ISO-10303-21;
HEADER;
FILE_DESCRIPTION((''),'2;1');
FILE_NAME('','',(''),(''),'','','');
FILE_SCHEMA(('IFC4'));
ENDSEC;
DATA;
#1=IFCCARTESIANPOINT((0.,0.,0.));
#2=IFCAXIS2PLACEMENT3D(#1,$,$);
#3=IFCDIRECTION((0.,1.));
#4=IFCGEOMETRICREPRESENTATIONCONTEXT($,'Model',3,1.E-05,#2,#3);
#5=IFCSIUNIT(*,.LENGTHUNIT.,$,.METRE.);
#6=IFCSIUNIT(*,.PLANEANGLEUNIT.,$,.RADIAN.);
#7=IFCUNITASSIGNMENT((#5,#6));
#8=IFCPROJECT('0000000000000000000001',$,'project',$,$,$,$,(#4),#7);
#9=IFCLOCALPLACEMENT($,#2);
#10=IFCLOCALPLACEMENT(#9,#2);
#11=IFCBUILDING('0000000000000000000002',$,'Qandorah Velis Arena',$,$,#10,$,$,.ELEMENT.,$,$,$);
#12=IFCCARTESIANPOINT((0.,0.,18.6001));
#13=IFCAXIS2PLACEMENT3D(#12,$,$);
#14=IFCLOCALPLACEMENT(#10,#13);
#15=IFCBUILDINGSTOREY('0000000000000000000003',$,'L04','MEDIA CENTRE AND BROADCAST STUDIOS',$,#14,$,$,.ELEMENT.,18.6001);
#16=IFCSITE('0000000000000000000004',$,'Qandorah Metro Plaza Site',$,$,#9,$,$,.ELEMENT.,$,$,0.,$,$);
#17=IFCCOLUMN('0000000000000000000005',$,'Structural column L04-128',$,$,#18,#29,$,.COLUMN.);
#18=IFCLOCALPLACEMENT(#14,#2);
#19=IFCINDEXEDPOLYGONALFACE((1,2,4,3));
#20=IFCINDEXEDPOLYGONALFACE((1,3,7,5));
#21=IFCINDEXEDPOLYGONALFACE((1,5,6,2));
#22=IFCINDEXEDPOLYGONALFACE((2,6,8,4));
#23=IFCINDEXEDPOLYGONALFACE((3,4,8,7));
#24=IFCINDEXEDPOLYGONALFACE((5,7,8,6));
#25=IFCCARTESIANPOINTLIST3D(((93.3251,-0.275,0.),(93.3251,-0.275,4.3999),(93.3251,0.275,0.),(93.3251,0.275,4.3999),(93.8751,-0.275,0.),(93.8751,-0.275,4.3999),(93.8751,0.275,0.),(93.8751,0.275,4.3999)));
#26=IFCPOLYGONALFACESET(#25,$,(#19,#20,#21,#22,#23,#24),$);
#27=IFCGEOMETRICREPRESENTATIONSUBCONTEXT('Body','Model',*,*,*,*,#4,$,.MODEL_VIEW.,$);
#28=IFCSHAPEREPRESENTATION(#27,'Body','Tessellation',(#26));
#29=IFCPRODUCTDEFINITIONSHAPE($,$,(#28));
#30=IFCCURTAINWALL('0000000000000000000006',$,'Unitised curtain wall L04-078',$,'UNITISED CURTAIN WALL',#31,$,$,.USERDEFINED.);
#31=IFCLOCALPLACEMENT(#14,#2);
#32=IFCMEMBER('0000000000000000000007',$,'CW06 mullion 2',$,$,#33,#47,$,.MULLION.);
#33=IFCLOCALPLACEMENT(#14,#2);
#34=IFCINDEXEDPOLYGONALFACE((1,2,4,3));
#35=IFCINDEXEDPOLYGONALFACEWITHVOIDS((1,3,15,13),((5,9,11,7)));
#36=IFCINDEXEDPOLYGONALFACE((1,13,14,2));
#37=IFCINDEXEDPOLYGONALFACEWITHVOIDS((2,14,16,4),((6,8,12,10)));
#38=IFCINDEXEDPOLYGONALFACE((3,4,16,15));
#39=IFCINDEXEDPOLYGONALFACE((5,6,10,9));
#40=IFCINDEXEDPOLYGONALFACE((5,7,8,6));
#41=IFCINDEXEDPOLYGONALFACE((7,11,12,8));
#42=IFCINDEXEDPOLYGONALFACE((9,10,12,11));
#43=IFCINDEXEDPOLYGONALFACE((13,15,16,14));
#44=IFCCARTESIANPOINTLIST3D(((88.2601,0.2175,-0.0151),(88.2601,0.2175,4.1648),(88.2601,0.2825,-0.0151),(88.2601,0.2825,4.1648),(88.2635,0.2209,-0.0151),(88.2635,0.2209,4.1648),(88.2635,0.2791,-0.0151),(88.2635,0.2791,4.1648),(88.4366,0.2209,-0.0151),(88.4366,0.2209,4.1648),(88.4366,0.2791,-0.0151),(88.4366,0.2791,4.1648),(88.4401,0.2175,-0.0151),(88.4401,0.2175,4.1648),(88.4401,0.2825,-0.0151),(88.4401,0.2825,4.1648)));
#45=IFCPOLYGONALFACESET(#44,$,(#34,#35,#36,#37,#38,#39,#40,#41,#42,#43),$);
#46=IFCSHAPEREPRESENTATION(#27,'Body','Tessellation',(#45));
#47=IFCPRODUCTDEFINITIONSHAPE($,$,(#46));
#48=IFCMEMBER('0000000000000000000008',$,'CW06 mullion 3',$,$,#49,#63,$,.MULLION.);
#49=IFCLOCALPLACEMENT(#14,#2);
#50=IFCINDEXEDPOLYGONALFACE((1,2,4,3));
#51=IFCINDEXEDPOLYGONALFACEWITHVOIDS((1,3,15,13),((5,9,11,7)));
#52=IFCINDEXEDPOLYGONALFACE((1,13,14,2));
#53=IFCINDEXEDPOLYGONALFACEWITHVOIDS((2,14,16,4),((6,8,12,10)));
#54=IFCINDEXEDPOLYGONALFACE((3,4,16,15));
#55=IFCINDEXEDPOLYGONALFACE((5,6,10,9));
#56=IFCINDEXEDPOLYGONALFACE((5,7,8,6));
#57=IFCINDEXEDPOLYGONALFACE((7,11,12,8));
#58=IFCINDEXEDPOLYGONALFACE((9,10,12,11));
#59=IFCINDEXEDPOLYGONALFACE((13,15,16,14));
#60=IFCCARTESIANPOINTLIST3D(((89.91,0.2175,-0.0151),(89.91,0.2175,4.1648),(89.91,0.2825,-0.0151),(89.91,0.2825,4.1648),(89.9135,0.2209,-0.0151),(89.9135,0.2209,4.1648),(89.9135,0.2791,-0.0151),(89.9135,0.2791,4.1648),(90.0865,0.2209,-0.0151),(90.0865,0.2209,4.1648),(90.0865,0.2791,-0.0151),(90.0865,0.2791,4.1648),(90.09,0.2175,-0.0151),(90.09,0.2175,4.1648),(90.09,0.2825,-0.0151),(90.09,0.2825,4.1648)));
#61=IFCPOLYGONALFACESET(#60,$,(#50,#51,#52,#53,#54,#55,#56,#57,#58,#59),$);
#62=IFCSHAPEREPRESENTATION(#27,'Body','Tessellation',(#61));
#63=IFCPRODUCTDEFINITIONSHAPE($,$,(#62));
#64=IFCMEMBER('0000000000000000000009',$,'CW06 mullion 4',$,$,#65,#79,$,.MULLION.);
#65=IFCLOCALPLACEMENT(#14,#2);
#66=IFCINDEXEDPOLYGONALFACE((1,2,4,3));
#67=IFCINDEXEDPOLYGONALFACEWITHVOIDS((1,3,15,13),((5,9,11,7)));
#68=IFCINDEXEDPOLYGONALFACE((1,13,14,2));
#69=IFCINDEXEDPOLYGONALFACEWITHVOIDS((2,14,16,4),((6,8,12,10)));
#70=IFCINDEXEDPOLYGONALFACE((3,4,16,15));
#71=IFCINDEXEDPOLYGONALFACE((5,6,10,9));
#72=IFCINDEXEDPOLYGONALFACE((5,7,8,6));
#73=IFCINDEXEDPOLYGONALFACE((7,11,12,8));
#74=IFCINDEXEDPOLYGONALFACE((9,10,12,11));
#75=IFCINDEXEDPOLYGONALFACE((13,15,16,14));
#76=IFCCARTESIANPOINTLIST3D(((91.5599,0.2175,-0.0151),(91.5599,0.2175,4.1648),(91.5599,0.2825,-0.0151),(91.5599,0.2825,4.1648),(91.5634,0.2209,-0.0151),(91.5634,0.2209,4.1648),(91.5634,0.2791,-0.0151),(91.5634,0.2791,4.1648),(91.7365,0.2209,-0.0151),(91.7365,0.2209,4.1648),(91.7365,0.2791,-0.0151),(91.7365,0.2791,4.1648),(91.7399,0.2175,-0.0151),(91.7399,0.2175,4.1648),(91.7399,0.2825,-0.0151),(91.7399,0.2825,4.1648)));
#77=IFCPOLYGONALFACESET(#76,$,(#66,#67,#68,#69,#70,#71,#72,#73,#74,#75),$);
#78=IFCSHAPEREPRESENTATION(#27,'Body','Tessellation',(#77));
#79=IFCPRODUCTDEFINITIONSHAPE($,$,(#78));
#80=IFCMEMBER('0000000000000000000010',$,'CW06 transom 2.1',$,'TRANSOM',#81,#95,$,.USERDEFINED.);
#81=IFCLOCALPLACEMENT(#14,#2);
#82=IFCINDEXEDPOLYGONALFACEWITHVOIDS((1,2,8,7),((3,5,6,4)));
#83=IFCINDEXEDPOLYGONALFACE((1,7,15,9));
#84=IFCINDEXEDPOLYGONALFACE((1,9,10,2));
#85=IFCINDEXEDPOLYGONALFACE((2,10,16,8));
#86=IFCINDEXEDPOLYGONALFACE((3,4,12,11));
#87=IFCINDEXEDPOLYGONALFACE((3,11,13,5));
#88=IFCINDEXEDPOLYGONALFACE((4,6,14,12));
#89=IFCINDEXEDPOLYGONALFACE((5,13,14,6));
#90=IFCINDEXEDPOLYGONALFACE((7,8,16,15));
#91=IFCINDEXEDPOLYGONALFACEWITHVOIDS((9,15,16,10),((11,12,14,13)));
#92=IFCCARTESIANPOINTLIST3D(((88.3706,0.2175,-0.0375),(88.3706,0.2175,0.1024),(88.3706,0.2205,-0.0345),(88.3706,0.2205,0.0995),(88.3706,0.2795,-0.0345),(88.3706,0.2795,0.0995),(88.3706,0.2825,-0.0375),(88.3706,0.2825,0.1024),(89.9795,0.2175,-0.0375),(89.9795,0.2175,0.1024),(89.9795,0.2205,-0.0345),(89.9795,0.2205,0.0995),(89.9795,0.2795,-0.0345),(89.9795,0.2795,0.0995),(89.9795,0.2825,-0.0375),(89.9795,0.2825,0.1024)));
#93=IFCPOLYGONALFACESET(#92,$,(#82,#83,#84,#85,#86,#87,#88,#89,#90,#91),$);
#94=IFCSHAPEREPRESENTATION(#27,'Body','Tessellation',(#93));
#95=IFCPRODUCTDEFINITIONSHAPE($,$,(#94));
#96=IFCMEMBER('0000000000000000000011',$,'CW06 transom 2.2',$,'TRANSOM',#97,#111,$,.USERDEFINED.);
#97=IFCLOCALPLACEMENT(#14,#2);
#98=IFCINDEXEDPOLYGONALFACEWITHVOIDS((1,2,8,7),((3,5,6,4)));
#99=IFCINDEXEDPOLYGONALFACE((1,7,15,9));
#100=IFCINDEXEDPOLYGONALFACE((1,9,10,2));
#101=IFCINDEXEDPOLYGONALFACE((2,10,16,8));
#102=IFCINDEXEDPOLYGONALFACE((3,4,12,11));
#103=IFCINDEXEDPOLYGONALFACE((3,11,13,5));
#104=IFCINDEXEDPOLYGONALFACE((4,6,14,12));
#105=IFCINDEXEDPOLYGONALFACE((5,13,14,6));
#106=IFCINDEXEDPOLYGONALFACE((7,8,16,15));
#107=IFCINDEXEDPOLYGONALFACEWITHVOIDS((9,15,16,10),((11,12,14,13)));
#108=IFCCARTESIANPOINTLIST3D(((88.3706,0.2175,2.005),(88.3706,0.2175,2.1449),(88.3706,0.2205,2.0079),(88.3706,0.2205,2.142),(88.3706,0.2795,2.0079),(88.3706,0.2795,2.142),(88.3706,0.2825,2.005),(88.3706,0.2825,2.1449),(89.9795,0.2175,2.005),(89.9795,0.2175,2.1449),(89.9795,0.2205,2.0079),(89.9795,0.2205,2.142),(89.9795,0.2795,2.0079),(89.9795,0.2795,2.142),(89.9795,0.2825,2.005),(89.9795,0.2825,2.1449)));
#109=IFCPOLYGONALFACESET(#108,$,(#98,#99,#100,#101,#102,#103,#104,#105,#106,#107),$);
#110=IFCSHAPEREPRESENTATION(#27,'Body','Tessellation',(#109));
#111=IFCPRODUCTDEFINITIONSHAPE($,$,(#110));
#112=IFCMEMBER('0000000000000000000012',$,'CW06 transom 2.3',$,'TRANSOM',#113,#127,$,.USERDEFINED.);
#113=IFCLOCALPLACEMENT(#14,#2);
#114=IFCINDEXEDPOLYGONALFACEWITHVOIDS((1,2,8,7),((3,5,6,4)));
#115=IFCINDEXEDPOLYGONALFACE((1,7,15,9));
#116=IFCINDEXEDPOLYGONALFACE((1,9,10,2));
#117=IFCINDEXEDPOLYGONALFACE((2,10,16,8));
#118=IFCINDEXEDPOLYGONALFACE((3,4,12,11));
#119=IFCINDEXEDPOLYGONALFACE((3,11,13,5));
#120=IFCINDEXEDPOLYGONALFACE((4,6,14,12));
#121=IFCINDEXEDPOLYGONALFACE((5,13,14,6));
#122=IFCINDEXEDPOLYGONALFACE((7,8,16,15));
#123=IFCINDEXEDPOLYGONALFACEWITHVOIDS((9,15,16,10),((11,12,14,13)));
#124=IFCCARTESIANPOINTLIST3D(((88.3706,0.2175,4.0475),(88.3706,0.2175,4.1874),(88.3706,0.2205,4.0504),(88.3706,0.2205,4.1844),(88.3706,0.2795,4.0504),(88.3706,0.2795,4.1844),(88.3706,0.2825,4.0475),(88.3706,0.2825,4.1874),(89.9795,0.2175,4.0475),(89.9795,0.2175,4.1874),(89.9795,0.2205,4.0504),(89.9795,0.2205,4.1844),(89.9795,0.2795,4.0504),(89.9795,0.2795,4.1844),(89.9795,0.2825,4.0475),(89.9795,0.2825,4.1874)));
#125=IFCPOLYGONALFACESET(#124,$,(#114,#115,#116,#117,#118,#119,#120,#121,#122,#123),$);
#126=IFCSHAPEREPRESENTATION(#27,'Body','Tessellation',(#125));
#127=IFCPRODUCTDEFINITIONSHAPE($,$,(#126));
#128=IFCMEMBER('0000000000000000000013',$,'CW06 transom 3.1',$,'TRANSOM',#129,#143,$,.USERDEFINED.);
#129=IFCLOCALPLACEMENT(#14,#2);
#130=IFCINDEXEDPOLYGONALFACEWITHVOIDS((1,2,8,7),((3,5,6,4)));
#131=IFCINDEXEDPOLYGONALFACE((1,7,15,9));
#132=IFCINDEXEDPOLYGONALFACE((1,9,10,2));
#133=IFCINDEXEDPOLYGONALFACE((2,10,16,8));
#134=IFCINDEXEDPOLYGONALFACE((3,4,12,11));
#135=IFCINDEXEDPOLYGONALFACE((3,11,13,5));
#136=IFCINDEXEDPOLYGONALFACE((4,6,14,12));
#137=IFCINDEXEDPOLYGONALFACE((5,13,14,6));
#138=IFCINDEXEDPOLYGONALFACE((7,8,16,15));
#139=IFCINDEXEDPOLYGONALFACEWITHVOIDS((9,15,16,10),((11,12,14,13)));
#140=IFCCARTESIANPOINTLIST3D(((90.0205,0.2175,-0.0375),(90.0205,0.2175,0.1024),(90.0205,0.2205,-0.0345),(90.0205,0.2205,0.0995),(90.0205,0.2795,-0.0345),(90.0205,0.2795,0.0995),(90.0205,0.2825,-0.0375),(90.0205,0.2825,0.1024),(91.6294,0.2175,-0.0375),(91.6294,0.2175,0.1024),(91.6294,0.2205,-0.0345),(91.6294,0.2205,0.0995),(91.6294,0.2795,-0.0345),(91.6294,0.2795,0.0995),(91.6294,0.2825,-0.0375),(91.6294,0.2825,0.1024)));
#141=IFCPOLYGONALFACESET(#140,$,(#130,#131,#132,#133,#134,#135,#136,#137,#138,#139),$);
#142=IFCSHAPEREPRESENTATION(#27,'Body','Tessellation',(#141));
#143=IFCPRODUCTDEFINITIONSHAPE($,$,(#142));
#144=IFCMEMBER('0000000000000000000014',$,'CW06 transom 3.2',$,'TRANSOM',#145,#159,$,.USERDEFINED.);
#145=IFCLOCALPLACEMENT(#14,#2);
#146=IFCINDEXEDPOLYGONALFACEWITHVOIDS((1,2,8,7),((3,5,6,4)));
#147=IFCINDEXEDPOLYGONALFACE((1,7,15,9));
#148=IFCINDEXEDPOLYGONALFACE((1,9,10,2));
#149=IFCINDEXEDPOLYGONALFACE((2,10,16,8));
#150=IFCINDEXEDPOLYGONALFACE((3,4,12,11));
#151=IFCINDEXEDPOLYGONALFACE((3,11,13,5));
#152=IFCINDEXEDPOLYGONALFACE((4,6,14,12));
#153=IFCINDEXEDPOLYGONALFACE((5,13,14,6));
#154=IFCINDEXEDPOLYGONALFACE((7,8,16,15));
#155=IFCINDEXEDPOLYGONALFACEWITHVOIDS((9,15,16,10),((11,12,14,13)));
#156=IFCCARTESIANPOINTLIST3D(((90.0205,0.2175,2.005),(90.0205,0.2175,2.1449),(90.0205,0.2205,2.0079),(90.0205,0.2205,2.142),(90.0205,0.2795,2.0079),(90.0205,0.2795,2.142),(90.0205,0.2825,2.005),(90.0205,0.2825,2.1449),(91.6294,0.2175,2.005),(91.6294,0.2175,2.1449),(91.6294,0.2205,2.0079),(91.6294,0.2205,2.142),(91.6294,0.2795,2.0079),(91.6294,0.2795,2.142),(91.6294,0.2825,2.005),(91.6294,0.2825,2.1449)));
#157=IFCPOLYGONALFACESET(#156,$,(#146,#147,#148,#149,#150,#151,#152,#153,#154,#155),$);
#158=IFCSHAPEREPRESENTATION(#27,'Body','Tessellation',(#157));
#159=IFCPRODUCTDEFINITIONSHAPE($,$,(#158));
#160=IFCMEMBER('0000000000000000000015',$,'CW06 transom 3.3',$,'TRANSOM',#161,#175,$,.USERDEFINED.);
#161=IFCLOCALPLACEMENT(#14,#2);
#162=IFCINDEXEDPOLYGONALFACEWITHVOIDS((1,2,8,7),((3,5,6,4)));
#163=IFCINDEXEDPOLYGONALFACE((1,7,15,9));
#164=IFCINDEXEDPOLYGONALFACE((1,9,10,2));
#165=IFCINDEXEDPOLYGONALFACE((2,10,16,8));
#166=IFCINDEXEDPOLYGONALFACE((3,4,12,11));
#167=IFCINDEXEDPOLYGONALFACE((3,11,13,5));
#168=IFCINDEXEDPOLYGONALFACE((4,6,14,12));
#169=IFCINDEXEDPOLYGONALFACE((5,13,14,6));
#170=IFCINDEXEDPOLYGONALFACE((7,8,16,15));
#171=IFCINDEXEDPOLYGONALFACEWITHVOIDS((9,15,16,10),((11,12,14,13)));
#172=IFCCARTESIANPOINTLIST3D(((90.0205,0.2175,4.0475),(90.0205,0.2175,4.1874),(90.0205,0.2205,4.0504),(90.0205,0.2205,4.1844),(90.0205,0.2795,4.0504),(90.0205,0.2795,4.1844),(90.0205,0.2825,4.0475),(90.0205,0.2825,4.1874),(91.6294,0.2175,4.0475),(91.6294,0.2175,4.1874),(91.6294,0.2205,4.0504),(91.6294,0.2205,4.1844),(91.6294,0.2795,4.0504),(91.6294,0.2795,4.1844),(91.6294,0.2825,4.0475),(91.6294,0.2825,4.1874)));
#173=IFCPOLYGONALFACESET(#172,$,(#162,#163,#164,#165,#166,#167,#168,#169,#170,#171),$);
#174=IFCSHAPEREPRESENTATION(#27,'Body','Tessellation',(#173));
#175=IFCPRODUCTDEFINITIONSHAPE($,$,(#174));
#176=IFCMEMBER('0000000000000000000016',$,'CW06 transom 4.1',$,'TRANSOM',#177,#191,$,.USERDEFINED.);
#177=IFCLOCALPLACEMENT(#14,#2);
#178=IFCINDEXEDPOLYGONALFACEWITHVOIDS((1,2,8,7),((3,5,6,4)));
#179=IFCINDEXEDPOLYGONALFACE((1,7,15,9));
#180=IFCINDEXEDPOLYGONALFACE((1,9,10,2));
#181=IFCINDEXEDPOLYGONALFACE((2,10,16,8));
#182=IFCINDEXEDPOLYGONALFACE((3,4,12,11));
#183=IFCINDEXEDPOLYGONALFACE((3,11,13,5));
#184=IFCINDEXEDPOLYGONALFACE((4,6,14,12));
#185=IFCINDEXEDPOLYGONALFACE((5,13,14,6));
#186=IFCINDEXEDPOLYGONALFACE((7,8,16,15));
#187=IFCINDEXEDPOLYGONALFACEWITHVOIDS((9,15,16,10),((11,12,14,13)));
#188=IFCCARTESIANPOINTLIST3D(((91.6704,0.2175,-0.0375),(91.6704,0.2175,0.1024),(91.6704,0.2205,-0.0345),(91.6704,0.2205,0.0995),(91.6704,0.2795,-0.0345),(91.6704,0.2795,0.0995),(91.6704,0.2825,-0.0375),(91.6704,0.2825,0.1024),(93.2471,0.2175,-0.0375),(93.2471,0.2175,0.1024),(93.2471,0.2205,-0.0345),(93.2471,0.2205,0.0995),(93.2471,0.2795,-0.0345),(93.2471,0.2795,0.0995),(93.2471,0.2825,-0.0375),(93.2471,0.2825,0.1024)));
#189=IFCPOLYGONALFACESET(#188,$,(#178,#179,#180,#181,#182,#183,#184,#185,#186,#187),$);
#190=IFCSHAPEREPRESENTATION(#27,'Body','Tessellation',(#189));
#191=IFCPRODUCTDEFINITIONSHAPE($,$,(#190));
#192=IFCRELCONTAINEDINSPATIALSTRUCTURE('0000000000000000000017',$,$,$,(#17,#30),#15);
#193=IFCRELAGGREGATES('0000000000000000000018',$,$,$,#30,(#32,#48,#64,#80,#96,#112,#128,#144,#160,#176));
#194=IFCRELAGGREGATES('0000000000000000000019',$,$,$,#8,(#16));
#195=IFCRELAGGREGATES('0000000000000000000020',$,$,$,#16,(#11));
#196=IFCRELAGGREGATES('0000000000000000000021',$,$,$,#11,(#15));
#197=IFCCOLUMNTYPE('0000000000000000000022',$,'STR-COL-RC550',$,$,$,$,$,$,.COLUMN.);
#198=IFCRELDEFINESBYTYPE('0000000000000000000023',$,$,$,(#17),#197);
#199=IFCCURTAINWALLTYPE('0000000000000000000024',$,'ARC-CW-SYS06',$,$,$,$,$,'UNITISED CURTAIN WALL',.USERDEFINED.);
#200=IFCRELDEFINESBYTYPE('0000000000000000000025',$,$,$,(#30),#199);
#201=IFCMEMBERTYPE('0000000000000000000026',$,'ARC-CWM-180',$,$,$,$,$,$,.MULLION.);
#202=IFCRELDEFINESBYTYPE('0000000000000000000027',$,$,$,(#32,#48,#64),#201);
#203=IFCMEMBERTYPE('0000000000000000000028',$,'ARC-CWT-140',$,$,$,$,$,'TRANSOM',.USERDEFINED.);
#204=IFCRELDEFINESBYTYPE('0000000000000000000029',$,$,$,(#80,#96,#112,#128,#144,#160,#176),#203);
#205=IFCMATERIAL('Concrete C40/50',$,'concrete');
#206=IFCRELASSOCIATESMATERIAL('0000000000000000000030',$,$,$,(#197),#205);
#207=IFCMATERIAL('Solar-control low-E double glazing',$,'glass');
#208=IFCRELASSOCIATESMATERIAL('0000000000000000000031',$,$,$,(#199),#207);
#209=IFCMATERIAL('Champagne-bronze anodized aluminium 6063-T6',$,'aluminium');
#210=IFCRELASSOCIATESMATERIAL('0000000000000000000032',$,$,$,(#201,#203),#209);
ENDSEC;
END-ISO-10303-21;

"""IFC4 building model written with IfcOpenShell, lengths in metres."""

from ifc_helpers import new_model, si_unit, direction, frame, origin, origin_2d, place, context, subcontext, project, spatial, rectangle, hollow_rectangle, extrude, material, material_profile, profile_set, type_object, element, aggregate, save


model = new_model("IFC4")

# Units and contexts
model_context = context("Model", 3, precision=1e-05, world=origin(), true_north=direction((0.0, 1.0)))
body_context = subcontext(model_context, "Body", "Model", "MODEL_VIEW")
ifc_project = project(units=[si_unit("LENGTHUNIT", "METRE"), si_unit("PLANEANGLEUNIT", "RADIAN")], contexts=[model_context])

# Site, building, storey
site_placement = place(None, origin())
site = spatial("IfcSite", under=ifc_project, at=site_placement, Name="Qandorah Metro Plaza Site", CompositionType="ELEMENT", RefElevation=0.0)
building_placement = place(site_placement, origin())
building = spatial("IfcBuilding", under=site, at=building_placement, Name="Qandorah Velis Arena", CompositionType="ELEMENT")
storey_placement = place(building_placement, frame((0.0, 0.0, 18.6001)))
storey = spatial("IfcBuildingStorey", under=building, at=storey_placement, Name="L04", Description="MEDIA CENTRE AND BROADCAST STUDIOS", CompositionType="ELEMENT", Elevation=18.6001)

# Column
ifc_material_1 = material(Name="Concrete C40/50", Category="concrete")
ifc_material_profile_1 = material_profile(ifc_material_1, rectangle(XDim=0.55, YDim=0.55, at=origin_2d()), Name="RC COL 550x550")
ifc_profile_set_1 = profile_set([ifc_material_profile_1], Name="Concrete C40/50")
column_type = type_object("IfcColumnType", Name="STR-COL-RC550", PredefinedType="COLUMN", material=ifc_profile_set_1)
column_placement = place(storey_placement, frame((93.6001, 0.0, 0.0), z_axis=(0.0, 0.0, 1.0), x_axis=(1.0, 0.0, 0.0)))
element("IfcColumn", 1, at=column_placement, inside=storey, type_object=column_type, Name="Structural column L04-128", PredefinedType="COLUMN", context=body_context, shape_type="SweptSolid", body=[
    extrude(rectangle(XDim=0.55, YDim=0.55, at=origin_2d()), origin(), (0.0, 0.0, 1.0), 4.3999),
])

# Curtain wall, members
ifc_material_2 = material(Name="Solar-control low-E double glazing", Category="glass")
curtain_wall_type = type_object("IfcCurtainWallType", Name="ARC-CW-SYS06", ElementType="UNITISED CURTAIN WALL", PredefinedType="USERDEFINED", material=ifc_material_2)
curtain_wall_placement = place(storey_placement, origin())
curtain_wall = element("IfcCurtainWall", 2, at=curtain_wall_placement, inside=storey, type_object=curtain_wall_type, Name="Unitised curtain wall L04-078", ObjectType="UNITISED CURTAIN WALL", PredefinedType="USERDEFINED")
ifc_material_3 = material(Name="Champagne-bronze anodized aluminium 6063-T6", Category="aluminium")
ifc_material_profile_2 = material_profile(ifc_material_3, hollow_rectangle(XDim=0.0649, YDim=0.1799, WallThickness=0.0034, at=origin_2d()), Name="ALU MULLION 65x180")
ifc_profile_set_2 = profile_set([ifc_material_profile_2], Name="Champagne-bronze anodized aluminium 6063-T6")
member_type_1 = type_object("IfcMemberType", Name="ARC-CWM-180", PredefinedType="MULLION", material=ifc_profile_set_2)
member_1_placement = place(storey_placement, frame((88.3501, 0.25, -0.0151), z_axis=(0.0, 0.0, 1.0), x_axis=(0.0, 1.0, 0.0)))
member_1 = element("IfcMember", 3, at=member_1_placement, type_object=member_type_1, Name="CW06 mullion 2", PredefinedType="MULLION", context=body_context, shape_type="SweptSolid", body=[
    extrude(hollow_rectangle(XDim=0.0649, YDim=0.1799, WallThickness=0.0034, at=origin_2d()), origin(), (0.0, 0.0, 1.0), 4.1799),
])
member_2_placement = place(storey_placement, frame((90.0, 0.25, -0.0151), z_axis=(0.0, 0.0, 1.0), x_axis=(0.0, 1.0, 0.0)))
member_2 = element("IfcMember", 4, at=member_2_placement, type_object=member_type_1, Name="CW06 mullion 3", PredefinedType="MULLION", context=body_context, shape_type="SweptSolid", body=[
    extrude(hollow_rectangle(XDim=0.0649, YDim=0.1799, WallThickness=0.0034, at=origin_2d()), origin(), (0.0, 0.0, 1.0), 4.1799),
])
member_3_placement = place(storey_placement, frame((91.6499, 0.25, -0.0151), z_axis=(0.0, 0.0, 1.0), x_axis=(0.0, 1.0, 0.0)))
member_3 = element("IfcMember", 5, at=member_3_placement, type_object=member_type_1, Name="CW06 mullion 4", PredefinedType="MULLION", context=body_context, shape_type="SweptSolid", body=[
    extrude(hollow_rectangle(XDim=0.0649, YDim=0.1799, WallThickness=0.0034, at=origin_2d()), origin(), (0.0, 0.0, 1.0), 4.1799),
])
ifc_material_profile_3 = material_profile(ifc_material_3, hollow_rectangle(XDim=0.0649, YDim=0.1399, WallThickness=0.0029, at=origin_2d()), Name="ALU TRANSOM 65x140")
ifc_profile_set_3 = profile_set([ifc_material_profile_3], Name="Champagne-bronze anodized aluminium 6063-T6")
member_type_2 = type_object("IfcMemberType", Name="ARC-CWT-140", ElementType="TRANSOM", PredefinedType="USERDEFINED", material=ifc_profile_set_3)
member_4_placement = place(storey_placement, frame((88.3706, 0.25, 0.0325), z_axis=(1.0, 0.0, 0.0), x_axis=(0.0, 1.0, 0.0)))
member_4 = element("IfcMember", 6, at=member_4_placement, type_object=member_type_2, Name="CW06 transom 2.1", ObjectType="TRANSOM", PredefinedType="USERDEFINED", context=body_context, shape_type="SweptSolid", body=[
    extrude(hollow_rectangle(XDim=0.0649, YDim=0.1399, WallThickness=0.0029, at=origin_2d()), origin(), (0.0, 0.0, 1.0), 1.6089),
])
member_5_placement = place(storey_placement, frame((88.3706, 0.25, 2.075), z_axis=(1.0, 0.0, 0.0), x_axis=(0.0, 1.0, 0.0)))
member_5 = element("IfcMember", 7, at=member_5_placement, type_object=member_type_2, Name="CW06 transom 2.2", ObjectType="TRANSOM", PredefinedType="USERDEFINED", context=body_context, shape_type="SweptSolid", body=[
    extrude(hollow_rectangle(XDim=0.0649, YDim=0.1399, WallThickness=0.0029, at=origin_2d()), origin(), (0.0, 0.0, 1.0), 1.6089),
])
member_6_placement = place(storey_placement, frame((88.3706, 0.25, 4.1174), z_axis=(1.0, 0.0, 0.0), x_axis=(0.0, 1.0, 0.0)))
member_6 = element("IfcMember", 8, at=member_6_placement, type_object=member_type_2, Name="CW06 transom 2.3", ObjectType="TRANSOM", PredefinedType="USERDEFINED", context=body_context, shape_type="SweptSolid", body=[
    extrude(hollow_rectangle(XDim=0.0649, YDim=0.1399, WallThickness=0.0029, at=origin_2d()), origin(), (0.0, 0.0, 1.0), 1.6089),
])
member_7_placement = place(storey_placement, frame((90.0205, 0.25, 0.0325), z_axis=(1.0, 0.0, 0.0), x_axis=(0.0, 1.0, 0.0)))
member_7 = element("IfcMember", 9, at=member_7_placement, type_object=member_type_2, Name="CW06 transom 3.1", ObjectType="TRANSOM", PredefinedType="USERDEFINED", context=body_context, shape_type="SweptSolid", body=[
    extrude(hollow_rectangle(XDim=0.0649, YDim=0.1399, WallThickness=0.0029, at=origin_2d()), origin(), (0.0, 0.0, 1.0), 1.6089),
])
member_8_placement = place(storey_placement, frame((90.0205, 0.25, 2.075), z_axis=(1.0, 0.0, 0.0), x_axis=(0.0, 1.0, 0.0)))
member_8 = element("IfcMember", 10, at=member_8_placement, type_object=member_type_2, Name="CW06 transom 3.2", ObjectType="TRANSOM", PredefinedType="USERDEFINED", context=body_context, shape_type="SweptSolid", body=[
    extrude(hollow_rectangle(XDim=0.0649, YDim=0.1399, WallThickness=0.0029, at=origin_2d()), origin(), (0.0, 0.0, 1.0), 1.6089),
])
member_9_placement = place(storey_placement, frame((90.0205, 0.25, 4.1174), z_axis=(1.0, 0.0, 0.0), x_axis=(0.0, 1.0, 0.0)))
member_9 = element("IfcMember", 11, at=member_9_placement, type_object=member_type_2, Name="CW06 transom 3.3", ObjectType="TRANSOM", PredefinedType="USERDEFINED", context=body_context, shape_type="SweptSolid", body=[
    extrude(hollow_rectangle(XDim=0.0649, YDim=0.1399, WallThickness=0.0029, at=origin_2d()), origin(), (0.0, 0.0, 1.0), 1.6089),
])
member_10_placement = place(storey_placement, frame((91.6704, 0.25, 0.0325), z_axis=(1.0, 0.0, 0.0), x_axis=(0.0, 1.0, 0.0)))
member_10 = element("IfcMember", 12, at=member_10_placement, type_object=member_type_2, Name="CW06 transom 4.1", ObjectType="TRANSOM", PredefinedType="USERDEFINED", context=body_context, shape_type="SweptSolid", body=[
    extrude(hollow_rectangle(XDim=0.0649, YDim=0.1399, WallThickness=0.0029, at=origin_2d()), origin(), (0.0, 0.0, 1.0), 1.5767),
])

aggregate(curtain_wall, [member_1, member_2, member_3, member_4, member_5, member_6, member_7, member_8, member_9, member_10])

save(model, "model.ifc")
